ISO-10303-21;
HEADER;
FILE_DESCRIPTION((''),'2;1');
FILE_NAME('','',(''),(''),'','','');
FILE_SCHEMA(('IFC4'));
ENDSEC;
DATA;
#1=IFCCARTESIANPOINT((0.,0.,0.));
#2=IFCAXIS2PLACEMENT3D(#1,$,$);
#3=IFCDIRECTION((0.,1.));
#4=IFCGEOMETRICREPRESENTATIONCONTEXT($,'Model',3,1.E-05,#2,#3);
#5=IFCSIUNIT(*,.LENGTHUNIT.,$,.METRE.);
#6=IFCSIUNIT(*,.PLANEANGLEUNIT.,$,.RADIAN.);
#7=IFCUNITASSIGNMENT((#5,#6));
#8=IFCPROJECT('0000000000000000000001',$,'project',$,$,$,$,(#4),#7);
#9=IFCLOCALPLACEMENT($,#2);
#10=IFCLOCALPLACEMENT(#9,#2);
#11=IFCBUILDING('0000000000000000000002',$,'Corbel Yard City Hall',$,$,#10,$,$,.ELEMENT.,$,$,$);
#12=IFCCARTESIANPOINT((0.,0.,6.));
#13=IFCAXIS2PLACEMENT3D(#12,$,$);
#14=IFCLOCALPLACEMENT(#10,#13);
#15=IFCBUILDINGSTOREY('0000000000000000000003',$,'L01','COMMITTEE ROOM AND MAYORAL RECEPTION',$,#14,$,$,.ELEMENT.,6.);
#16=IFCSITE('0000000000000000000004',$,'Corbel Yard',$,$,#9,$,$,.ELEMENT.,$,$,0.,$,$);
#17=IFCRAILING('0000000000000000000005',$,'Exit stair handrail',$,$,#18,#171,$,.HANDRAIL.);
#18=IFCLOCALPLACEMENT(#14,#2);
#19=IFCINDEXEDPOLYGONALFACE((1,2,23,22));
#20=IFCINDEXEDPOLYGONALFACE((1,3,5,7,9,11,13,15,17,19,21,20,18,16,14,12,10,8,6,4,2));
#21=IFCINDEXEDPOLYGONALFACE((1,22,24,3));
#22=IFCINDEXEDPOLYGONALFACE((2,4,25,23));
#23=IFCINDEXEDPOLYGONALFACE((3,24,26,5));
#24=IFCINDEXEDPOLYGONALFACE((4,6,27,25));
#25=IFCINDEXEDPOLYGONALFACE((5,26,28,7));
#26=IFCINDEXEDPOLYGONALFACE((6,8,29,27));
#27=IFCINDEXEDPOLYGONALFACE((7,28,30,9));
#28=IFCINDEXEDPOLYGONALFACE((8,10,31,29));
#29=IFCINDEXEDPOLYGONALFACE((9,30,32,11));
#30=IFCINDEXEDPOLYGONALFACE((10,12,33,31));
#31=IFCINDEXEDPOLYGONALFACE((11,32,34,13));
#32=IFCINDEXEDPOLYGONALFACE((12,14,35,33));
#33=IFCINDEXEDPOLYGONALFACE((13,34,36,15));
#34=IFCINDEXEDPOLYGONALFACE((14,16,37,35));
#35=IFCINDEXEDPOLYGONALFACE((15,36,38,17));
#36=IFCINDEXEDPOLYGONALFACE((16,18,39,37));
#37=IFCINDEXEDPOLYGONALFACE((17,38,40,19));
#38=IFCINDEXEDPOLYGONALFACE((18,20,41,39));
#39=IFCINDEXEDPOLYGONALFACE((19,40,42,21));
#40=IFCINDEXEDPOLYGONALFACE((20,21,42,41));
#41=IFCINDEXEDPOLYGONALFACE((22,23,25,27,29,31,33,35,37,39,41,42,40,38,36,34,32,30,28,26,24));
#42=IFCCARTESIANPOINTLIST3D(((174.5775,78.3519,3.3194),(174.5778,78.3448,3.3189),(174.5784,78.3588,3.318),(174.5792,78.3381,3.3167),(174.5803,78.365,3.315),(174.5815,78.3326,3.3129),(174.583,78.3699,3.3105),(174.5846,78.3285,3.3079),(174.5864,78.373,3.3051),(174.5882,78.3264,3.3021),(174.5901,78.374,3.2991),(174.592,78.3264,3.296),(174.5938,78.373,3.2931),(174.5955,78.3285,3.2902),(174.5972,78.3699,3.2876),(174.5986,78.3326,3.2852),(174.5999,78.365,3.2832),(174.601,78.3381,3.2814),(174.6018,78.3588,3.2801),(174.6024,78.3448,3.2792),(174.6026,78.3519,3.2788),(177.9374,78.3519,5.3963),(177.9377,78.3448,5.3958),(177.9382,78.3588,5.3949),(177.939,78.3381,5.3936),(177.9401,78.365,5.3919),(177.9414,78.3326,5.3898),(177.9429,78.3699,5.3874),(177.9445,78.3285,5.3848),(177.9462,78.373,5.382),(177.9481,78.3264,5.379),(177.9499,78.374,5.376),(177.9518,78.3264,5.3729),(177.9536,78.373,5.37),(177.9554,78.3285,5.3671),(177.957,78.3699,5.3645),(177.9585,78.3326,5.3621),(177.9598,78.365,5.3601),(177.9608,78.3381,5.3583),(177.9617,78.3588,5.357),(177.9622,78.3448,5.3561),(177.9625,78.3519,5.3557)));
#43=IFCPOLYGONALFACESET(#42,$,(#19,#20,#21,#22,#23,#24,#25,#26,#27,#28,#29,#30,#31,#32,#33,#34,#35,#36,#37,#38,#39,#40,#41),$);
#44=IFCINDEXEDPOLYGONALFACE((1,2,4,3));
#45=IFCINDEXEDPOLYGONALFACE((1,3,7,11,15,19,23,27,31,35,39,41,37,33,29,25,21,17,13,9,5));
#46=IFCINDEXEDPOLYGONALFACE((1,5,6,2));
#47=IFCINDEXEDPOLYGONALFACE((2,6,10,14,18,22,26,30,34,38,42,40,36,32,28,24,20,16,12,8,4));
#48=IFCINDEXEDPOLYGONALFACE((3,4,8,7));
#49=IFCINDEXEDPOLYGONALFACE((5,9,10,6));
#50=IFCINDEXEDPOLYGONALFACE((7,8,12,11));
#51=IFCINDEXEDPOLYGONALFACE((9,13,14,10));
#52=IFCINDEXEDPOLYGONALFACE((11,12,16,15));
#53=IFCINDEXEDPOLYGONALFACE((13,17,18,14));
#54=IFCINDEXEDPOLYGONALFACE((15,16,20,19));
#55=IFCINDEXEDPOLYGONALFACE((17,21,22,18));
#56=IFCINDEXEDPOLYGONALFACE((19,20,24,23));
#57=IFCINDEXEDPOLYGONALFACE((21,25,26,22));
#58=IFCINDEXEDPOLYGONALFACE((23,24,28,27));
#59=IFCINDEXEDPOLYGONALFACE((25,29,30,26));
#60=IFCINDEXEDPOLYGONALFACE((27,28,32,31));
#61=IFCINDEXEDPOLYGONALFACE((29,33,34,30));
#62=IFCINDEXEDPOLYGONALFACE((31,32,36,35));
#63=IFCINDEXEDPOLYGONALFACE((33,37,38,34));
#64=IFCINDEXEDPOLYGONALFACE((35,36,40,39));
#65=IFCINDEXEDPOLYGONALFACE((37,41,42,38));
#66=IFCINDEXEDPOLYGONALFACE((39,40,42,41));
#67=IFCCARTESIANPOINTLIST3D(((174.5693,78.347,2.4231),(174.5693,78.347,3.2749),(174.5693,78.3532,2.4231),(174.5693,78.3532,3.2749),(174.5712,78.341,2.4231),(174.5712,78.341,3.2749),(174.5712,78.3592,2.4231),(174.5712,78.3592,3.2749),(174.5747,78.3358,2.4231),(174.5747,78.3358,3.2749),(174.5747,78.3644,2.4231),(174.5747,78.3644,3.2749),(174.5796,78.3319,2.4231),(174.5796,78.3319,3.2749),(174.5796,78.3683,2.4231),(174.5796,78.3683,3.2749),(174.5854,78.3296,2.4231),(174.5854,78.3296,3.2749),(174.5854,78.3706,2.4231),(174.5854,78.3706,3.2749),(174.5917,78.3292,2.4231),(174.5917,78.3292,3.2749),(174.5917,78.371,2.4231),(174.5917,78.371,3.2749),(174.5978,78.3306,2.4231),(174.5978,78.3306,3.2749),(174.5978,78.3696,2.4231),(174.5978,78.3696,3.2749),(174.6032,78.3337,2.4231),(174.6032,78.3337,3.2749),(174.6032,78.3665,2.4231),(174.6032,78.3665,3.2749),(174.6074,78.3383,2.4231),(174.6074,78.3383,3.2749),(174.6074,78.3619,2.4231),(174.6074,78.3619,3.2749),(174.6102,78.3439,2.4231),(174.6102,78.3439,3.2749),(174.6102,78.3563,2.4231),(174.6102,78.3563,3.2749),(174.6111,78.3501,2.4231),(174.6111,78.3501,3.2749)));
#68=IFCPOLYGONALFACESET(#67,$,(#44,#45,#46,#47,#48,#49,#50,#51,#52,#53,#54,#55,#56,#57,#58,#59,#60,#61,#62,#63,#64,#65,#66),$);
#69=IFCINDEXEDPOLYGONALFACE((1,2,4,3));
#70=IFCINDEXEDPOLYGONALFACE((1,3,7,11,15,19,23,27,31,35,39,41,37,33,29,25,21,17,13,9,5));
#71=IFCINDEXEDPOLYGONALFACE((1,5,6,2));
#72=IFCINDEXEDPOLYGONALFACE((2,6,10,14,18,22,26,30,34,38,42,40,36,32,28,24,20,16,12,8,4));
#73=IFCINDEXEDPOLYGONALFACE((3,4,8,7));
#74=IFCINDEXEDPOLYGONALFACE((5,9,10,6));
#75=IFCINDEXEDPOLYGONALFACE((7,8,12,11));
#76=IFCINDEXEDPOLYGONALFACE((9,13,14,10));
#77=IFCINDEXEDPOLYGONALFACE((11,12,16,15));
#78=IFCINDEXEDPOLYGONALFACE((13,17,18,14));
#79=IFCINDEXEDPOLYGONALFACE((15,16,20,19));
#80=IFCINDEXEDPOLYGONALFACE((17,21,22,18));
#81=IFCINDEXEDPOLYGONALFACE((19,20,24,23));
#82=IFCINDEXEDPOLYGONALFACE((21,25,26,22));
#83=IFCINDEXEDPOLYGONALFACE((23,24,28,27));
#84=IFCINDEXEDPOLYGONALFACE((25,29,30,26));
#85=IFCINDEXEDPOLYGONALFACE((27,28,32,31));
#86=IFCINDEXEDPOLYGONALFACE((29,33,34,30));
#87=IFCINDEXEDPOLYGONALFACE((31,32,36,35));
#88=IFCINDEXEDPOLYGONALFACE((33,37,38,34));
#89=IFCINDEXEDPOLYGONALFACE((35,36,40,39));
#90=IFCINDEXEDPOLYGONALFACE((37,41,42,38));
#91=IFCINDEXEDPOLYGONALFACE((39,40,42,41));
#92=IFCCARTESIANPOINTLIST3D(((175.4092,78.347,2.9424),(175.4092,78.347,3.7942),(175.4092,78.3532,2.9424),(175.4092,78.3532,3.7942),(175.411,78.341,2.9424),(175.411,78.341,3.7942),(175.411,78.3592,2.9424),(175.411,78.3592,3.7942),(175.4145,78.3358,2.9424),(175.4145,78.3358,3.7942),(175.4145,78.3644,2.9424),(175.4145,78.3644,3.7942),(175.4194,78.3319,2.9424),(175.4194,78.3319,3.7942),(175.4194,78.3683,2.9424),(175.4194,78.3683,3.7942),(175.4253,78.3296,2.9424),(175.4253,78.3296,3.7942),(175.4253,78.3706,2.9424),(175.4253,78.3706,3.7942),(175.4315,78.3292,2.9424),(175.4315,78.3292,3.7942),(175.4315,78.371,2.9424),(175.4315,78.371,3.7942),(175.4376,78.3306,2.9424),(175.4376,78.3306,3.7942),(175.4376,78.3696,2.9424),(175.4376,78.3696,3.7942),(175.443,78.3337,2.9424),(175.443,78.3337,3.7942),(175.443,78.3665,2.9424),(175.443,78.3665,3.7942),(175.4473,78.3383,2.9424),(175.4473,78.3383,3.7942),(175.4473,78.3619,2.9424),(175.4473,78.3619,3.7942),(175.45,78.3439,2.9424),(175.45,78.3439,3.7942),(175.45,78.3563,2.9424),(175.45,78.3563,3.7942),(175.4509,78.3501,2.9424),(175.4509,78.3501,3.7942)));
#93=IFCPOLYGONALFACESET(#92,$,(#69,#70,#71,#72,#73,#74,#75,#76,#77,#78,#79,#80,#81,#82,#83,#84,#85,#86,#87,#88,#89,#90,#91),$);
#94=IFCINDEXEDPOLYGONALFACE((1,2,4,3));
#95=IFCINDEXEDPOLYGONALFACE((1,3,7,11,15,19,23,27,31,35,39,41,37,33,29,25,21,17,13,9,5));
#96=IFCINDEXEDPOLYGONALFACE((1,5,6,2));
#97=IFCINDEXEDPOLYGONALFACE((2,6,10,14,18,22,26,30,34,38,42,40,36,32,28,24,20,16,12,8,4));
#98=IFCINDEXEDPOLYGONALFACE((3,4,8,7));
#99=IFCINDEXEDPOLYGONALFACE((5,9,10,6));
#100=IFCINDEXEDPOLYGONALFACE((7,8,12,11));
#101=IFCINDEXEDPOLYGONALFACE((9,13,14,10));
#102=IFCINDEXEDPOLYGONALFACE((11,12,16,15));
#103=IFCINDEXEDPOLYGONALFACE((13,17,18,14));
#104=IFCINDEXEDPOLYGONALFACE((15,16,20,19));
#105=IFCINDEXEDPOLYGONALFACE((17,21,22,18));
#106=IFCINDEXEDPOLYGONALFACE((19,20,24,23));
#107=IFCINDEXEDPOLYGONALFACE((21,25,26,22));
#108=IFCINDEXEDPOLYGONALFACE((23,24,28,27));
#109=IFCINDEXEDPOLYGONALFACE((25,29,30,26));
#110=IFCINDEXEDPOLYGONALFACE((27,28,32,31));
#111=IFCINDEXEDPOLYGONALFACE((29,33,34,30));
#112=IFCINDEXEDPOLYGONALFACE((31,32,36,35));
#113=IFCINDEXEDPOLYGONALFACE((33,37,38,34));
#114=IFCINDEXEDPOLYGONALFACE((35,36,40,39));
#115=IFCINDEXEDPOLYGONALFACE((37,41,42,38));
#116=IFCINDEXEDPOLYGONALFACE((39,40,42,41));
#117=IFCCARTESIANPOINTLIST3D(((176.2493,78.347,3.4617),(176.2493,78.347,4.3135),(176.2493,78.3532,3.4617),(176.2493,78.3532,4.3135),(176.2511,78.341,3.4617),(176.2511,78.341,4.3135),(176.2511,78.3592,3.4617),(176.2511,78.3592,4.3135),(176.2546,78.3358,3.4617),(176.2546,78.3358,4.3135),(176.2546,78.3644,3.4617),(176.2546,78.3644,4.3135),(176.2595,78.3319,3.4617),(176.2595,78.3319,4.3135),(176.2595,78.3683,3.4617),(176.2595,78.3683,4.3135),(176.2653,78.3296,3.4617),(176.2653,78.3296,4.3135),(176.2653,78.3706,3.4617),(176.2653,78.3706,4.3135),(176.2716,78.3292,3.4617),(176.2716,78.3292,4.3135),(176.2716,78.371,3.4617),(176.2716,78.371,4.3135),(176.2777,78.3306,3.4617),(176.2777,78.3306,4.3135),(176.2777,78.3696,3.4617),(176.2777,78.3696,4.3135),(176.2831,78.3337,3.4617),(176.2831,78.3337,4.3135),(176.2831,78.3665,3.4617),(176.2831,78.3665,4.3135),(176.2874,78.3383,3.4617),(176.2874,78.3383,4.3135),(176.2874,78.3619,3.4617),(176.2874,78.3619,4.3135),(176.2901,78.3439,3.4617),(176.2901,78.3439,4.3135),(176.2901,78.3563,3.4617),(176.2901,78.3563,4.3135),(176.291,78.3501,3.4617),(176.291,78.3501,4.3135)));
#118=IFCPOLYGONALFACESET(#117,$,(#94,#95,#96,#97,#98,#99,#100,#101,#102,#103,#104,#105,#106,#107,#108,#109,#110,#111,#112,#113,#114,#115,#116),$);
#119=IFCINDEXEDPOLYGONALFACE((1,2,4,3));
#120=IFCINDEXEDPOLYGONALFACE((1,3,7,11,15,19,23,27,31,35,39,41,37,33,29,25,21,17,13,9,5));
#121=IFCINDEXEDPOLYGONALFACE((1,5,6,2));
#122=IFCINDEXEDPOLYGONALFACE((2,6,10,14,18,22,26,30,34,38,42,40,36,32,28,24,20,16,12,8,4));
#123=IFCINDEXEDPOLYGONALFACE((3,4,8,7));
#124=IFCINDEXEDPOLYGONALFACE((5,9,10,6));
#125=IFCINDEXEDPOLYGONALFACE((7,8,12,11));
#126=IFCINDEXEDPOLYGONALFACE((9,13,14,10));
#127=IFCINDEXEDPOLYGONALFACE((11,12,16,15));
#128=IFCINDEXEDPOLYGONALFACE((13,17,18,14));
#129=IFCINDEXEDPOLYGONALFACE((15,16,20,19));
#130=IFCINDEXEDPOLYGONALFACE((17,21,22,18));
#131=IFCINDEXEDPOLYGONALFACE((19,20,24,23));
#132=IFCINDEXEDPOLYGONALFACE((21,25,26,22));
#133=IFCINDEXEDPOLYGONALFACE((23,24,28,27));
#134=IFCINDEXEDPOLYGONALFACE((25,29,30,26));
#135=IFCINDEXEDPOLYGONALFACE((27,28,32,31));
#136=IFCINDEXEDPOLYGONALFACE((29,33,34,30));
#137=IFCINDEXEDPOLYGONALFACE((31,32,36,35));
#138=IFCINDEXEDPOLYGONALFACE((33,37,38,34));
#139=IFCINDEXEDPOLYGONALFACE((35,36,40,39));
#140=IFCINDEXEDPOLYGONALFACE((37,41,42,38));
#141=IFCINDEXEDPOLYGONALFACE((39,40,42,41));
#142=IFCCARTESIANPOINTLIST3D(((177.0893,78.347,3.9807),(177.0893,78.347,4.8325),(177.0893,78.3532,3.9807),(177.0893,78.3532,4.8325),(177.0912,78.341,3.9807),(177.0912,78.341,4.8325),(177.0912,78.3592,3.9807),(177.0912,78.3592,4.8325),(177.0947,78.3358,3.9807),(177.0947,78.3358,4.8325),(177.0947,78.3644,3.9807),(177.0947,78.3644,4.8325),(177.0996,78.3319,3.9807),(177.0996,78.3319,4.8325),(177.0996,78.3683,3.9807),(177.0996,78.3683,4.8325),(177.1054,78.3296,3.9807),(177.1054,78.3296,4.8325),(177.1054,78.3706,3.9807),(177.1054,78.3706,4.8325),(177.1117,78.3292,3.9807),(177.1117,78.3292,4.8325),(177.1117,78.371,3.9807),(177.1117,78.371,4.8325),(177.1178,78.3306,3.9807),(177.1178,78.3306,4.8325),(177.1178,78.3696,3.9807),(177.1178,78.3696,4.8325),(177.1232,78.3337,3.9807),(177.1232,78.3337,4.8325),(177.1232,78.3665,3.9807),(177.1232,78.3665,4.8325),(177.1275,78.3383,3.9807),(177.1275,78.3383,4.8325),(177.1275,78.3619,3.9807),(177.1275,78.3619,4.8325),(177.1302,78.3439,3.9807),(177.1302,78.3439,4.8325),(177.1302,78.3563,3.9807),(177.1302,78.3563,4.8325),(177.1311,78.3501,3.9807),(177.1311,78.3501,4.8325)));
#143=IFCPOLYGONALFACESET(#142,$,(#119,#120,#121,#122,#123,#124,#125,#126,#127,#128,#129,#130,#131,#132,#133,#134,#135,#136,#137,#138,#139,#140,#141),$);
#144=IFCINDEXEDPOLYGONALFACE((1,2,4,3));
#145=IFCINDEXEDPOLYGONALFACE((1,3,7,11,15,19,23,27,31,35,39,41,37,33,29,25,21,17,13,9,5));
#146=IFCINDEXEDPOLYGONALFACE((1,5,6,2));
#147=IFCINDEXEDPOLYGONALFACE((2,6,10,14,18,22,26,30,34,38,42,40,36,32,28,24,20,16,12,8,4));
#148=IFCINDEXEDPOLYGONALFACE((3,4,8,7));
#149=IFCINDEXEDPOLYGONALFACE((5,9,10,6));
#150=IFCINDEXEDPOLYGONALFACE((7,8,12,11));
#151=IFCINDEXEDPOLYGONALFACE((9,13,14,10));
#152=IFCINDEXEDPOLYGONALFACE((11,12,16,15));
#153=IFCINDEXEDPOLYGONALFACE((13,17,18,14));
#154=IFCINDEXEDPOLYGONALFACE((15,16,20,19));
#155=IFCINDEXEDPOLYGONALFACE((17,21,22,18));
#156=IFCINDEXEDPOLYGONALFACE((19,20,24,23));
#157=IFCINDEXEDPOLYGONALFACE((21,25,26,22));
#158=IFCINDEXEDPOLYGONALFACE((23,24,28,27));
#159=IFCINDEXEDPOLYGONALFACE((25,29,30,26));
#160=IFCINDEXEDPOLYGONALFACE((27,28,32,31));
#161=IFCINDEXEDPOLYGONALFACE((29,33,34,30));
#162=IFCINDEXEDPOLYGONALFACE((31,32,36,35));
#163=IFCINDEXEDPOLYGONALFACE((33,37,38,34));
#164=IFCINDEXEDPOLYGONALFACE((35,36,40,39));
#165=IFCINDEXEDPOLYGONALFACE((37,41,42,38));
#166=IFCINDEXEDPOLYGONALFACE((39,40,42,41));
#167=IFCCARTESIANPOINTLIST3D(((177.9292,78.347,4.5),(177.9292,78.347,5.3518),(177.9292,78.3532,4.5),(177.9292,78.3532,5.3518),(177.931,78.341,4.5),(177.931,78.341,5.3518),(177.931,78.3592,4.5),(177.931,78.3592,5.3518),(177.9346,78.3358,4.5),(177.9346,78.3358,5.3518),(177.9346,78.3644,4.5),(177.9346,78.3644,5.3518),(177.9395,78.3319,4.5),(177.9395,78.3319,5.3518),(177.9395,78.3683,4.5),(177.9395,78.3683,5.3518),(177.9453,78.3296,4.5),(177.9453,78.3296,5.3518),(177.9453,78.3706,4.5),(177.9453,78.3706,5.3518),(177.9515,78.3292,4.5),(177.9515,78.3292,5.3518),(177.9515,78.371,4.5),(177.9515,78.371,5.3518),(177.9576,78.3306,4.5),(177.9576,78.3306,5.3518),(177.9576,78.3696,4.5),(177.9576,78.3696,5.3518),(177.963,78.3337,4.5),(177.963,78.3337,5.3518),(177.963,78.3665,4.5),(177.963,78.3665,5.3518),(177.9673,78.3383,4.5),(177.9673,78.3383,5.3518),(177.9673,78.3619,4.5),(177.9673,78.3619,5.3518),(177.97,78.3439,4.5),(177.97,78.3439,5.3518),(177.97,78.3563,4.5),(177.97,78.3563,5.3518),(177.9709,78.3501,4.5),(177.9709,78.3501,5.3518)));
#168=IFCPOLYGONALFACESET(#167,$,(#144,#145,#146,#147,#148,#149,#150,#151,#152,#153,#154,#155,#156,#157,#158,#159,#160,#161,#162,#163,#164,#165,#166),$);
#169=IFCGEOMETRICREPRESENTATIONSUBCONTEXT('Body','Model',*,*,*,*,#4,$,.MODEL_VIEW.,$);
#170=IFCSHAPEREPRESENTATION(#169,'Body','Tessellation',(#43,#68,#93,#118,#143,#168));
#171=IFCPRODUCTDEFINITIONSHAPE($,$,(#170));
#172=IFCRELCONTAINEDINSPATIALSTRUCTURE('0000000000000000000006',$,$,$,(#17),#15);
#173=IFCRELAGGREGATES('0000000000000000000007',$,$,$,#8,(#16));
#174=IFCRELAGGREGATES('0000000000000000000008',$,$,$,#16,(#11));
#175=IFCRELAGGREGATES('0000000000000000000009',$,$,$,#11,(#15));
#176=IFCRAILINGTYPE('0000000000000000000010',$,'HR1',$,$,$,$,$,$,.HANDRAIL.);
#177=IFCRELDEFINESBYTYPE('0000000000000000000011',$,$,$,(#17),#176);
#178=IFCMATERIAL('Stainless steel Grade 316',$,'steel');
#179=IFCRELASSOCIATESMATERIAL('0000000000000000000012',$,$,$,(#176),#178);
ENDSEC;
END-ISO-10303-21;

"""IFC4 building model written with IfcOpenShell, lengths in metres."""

from ifc_helpers import new_model, si_unit, direction, frame, origin, origin_2d, place, context, subcontext, project, spatial, circle, extrude, material, type_object, element, save


model = new_model("IFC4")

# Units and contexts
model_context = context("Model", 3, precision=1e-05, world=origin(), true_north=direction((0.0, 1.0)))
body_context = subcontext(model_context, "Body", "Model", "MODEL_VIEW")
ifc_project = project(units=[si_unit("LENGTHUNIT", "METRE"), si_unit("PLANEANGLEUNIT", "RADIAN")], contexts=[model_context])

# Site, building, storey
site_placement = place(None, origin())
site = spatial("IfcSite", under=ifc_project, at=site_placement, Name="Corbel Yard", CompositionType="ELEMENT", RefElevation=0.0)
building_placement = place(site_placement, origin())
building = spatial("IfcBuilding", under=site, at=building_placement, Name="Corbel Yard City Hall", CompositionType="ELEMENT")
storey_placement = place(building_placement, frame((0.0, 0.0, 6.0)))
storey = spatial("IfcBuildingStorey", under=building, at=storey_placement, Name="L01", Description="COMMITTEE ROOM AND MAYORAL RECEPTION", CompositionType="ELEMENT", Elevation=6.0)

# Shared definitions
ifc_material_1 = material(Name="Stainless steel Grade 316", Category="steel")

# Railing
railing_type_1 = type_object("IfcRailingType", Name="HR1", PredefinedType="HANDRAIL", material=ifc_material_1)
for number, where, name in (
    (1, (174.5901, 78.3501, 2.4231), "Exit stair handrail"),
):
    element("IfcRailing", number, at=place(storey_placement, frame(where)), inside=storey, type_object=railing_type_1, Name=name, PredefinedType="HANDRAIL", context=body_context, shape_type="SweptSolid", body=[
        extrude(circle(Radius=0.0239, at=origin_2d()), frame((0.0, 0.0, 0.876), z_axis=(0.850606, 0.0, 0.525803), x_axis=(0.0, 1.0, 0.0)), (0.0, 0.0, 1.0), 3.95),
        extrude(circle(Radius=0.021, at=origin_2d()), origin(), (0.0, 0.0, 1.0), 0.8518),
        extrude(circle(Radius=0.021, at=origin_2d()), frame((0.8398, 0.0, 0.5193)), (0.0, 0.0, 1.0), 0.8518),
        extrude(circle(Radius=0.021, at=origin_2d()), frame((1.6799, 0.0, 1.0386)), (0.0, 0.0, 1.0), 0.8518),
        extrude(circle(Radius=0.021, at=origin_2d()), frame((2.52, 0.0, 1.5576)), (0.0, 0.0, 1.0), 0.8518),
        extrude(circle(Radius=0.021, at=origin_2d()), frame((3.3599, 0.0, 2.0769)), (0.0, 0.0, 1.0), 0.8518),
    ])

save(model, "model.ifc")
